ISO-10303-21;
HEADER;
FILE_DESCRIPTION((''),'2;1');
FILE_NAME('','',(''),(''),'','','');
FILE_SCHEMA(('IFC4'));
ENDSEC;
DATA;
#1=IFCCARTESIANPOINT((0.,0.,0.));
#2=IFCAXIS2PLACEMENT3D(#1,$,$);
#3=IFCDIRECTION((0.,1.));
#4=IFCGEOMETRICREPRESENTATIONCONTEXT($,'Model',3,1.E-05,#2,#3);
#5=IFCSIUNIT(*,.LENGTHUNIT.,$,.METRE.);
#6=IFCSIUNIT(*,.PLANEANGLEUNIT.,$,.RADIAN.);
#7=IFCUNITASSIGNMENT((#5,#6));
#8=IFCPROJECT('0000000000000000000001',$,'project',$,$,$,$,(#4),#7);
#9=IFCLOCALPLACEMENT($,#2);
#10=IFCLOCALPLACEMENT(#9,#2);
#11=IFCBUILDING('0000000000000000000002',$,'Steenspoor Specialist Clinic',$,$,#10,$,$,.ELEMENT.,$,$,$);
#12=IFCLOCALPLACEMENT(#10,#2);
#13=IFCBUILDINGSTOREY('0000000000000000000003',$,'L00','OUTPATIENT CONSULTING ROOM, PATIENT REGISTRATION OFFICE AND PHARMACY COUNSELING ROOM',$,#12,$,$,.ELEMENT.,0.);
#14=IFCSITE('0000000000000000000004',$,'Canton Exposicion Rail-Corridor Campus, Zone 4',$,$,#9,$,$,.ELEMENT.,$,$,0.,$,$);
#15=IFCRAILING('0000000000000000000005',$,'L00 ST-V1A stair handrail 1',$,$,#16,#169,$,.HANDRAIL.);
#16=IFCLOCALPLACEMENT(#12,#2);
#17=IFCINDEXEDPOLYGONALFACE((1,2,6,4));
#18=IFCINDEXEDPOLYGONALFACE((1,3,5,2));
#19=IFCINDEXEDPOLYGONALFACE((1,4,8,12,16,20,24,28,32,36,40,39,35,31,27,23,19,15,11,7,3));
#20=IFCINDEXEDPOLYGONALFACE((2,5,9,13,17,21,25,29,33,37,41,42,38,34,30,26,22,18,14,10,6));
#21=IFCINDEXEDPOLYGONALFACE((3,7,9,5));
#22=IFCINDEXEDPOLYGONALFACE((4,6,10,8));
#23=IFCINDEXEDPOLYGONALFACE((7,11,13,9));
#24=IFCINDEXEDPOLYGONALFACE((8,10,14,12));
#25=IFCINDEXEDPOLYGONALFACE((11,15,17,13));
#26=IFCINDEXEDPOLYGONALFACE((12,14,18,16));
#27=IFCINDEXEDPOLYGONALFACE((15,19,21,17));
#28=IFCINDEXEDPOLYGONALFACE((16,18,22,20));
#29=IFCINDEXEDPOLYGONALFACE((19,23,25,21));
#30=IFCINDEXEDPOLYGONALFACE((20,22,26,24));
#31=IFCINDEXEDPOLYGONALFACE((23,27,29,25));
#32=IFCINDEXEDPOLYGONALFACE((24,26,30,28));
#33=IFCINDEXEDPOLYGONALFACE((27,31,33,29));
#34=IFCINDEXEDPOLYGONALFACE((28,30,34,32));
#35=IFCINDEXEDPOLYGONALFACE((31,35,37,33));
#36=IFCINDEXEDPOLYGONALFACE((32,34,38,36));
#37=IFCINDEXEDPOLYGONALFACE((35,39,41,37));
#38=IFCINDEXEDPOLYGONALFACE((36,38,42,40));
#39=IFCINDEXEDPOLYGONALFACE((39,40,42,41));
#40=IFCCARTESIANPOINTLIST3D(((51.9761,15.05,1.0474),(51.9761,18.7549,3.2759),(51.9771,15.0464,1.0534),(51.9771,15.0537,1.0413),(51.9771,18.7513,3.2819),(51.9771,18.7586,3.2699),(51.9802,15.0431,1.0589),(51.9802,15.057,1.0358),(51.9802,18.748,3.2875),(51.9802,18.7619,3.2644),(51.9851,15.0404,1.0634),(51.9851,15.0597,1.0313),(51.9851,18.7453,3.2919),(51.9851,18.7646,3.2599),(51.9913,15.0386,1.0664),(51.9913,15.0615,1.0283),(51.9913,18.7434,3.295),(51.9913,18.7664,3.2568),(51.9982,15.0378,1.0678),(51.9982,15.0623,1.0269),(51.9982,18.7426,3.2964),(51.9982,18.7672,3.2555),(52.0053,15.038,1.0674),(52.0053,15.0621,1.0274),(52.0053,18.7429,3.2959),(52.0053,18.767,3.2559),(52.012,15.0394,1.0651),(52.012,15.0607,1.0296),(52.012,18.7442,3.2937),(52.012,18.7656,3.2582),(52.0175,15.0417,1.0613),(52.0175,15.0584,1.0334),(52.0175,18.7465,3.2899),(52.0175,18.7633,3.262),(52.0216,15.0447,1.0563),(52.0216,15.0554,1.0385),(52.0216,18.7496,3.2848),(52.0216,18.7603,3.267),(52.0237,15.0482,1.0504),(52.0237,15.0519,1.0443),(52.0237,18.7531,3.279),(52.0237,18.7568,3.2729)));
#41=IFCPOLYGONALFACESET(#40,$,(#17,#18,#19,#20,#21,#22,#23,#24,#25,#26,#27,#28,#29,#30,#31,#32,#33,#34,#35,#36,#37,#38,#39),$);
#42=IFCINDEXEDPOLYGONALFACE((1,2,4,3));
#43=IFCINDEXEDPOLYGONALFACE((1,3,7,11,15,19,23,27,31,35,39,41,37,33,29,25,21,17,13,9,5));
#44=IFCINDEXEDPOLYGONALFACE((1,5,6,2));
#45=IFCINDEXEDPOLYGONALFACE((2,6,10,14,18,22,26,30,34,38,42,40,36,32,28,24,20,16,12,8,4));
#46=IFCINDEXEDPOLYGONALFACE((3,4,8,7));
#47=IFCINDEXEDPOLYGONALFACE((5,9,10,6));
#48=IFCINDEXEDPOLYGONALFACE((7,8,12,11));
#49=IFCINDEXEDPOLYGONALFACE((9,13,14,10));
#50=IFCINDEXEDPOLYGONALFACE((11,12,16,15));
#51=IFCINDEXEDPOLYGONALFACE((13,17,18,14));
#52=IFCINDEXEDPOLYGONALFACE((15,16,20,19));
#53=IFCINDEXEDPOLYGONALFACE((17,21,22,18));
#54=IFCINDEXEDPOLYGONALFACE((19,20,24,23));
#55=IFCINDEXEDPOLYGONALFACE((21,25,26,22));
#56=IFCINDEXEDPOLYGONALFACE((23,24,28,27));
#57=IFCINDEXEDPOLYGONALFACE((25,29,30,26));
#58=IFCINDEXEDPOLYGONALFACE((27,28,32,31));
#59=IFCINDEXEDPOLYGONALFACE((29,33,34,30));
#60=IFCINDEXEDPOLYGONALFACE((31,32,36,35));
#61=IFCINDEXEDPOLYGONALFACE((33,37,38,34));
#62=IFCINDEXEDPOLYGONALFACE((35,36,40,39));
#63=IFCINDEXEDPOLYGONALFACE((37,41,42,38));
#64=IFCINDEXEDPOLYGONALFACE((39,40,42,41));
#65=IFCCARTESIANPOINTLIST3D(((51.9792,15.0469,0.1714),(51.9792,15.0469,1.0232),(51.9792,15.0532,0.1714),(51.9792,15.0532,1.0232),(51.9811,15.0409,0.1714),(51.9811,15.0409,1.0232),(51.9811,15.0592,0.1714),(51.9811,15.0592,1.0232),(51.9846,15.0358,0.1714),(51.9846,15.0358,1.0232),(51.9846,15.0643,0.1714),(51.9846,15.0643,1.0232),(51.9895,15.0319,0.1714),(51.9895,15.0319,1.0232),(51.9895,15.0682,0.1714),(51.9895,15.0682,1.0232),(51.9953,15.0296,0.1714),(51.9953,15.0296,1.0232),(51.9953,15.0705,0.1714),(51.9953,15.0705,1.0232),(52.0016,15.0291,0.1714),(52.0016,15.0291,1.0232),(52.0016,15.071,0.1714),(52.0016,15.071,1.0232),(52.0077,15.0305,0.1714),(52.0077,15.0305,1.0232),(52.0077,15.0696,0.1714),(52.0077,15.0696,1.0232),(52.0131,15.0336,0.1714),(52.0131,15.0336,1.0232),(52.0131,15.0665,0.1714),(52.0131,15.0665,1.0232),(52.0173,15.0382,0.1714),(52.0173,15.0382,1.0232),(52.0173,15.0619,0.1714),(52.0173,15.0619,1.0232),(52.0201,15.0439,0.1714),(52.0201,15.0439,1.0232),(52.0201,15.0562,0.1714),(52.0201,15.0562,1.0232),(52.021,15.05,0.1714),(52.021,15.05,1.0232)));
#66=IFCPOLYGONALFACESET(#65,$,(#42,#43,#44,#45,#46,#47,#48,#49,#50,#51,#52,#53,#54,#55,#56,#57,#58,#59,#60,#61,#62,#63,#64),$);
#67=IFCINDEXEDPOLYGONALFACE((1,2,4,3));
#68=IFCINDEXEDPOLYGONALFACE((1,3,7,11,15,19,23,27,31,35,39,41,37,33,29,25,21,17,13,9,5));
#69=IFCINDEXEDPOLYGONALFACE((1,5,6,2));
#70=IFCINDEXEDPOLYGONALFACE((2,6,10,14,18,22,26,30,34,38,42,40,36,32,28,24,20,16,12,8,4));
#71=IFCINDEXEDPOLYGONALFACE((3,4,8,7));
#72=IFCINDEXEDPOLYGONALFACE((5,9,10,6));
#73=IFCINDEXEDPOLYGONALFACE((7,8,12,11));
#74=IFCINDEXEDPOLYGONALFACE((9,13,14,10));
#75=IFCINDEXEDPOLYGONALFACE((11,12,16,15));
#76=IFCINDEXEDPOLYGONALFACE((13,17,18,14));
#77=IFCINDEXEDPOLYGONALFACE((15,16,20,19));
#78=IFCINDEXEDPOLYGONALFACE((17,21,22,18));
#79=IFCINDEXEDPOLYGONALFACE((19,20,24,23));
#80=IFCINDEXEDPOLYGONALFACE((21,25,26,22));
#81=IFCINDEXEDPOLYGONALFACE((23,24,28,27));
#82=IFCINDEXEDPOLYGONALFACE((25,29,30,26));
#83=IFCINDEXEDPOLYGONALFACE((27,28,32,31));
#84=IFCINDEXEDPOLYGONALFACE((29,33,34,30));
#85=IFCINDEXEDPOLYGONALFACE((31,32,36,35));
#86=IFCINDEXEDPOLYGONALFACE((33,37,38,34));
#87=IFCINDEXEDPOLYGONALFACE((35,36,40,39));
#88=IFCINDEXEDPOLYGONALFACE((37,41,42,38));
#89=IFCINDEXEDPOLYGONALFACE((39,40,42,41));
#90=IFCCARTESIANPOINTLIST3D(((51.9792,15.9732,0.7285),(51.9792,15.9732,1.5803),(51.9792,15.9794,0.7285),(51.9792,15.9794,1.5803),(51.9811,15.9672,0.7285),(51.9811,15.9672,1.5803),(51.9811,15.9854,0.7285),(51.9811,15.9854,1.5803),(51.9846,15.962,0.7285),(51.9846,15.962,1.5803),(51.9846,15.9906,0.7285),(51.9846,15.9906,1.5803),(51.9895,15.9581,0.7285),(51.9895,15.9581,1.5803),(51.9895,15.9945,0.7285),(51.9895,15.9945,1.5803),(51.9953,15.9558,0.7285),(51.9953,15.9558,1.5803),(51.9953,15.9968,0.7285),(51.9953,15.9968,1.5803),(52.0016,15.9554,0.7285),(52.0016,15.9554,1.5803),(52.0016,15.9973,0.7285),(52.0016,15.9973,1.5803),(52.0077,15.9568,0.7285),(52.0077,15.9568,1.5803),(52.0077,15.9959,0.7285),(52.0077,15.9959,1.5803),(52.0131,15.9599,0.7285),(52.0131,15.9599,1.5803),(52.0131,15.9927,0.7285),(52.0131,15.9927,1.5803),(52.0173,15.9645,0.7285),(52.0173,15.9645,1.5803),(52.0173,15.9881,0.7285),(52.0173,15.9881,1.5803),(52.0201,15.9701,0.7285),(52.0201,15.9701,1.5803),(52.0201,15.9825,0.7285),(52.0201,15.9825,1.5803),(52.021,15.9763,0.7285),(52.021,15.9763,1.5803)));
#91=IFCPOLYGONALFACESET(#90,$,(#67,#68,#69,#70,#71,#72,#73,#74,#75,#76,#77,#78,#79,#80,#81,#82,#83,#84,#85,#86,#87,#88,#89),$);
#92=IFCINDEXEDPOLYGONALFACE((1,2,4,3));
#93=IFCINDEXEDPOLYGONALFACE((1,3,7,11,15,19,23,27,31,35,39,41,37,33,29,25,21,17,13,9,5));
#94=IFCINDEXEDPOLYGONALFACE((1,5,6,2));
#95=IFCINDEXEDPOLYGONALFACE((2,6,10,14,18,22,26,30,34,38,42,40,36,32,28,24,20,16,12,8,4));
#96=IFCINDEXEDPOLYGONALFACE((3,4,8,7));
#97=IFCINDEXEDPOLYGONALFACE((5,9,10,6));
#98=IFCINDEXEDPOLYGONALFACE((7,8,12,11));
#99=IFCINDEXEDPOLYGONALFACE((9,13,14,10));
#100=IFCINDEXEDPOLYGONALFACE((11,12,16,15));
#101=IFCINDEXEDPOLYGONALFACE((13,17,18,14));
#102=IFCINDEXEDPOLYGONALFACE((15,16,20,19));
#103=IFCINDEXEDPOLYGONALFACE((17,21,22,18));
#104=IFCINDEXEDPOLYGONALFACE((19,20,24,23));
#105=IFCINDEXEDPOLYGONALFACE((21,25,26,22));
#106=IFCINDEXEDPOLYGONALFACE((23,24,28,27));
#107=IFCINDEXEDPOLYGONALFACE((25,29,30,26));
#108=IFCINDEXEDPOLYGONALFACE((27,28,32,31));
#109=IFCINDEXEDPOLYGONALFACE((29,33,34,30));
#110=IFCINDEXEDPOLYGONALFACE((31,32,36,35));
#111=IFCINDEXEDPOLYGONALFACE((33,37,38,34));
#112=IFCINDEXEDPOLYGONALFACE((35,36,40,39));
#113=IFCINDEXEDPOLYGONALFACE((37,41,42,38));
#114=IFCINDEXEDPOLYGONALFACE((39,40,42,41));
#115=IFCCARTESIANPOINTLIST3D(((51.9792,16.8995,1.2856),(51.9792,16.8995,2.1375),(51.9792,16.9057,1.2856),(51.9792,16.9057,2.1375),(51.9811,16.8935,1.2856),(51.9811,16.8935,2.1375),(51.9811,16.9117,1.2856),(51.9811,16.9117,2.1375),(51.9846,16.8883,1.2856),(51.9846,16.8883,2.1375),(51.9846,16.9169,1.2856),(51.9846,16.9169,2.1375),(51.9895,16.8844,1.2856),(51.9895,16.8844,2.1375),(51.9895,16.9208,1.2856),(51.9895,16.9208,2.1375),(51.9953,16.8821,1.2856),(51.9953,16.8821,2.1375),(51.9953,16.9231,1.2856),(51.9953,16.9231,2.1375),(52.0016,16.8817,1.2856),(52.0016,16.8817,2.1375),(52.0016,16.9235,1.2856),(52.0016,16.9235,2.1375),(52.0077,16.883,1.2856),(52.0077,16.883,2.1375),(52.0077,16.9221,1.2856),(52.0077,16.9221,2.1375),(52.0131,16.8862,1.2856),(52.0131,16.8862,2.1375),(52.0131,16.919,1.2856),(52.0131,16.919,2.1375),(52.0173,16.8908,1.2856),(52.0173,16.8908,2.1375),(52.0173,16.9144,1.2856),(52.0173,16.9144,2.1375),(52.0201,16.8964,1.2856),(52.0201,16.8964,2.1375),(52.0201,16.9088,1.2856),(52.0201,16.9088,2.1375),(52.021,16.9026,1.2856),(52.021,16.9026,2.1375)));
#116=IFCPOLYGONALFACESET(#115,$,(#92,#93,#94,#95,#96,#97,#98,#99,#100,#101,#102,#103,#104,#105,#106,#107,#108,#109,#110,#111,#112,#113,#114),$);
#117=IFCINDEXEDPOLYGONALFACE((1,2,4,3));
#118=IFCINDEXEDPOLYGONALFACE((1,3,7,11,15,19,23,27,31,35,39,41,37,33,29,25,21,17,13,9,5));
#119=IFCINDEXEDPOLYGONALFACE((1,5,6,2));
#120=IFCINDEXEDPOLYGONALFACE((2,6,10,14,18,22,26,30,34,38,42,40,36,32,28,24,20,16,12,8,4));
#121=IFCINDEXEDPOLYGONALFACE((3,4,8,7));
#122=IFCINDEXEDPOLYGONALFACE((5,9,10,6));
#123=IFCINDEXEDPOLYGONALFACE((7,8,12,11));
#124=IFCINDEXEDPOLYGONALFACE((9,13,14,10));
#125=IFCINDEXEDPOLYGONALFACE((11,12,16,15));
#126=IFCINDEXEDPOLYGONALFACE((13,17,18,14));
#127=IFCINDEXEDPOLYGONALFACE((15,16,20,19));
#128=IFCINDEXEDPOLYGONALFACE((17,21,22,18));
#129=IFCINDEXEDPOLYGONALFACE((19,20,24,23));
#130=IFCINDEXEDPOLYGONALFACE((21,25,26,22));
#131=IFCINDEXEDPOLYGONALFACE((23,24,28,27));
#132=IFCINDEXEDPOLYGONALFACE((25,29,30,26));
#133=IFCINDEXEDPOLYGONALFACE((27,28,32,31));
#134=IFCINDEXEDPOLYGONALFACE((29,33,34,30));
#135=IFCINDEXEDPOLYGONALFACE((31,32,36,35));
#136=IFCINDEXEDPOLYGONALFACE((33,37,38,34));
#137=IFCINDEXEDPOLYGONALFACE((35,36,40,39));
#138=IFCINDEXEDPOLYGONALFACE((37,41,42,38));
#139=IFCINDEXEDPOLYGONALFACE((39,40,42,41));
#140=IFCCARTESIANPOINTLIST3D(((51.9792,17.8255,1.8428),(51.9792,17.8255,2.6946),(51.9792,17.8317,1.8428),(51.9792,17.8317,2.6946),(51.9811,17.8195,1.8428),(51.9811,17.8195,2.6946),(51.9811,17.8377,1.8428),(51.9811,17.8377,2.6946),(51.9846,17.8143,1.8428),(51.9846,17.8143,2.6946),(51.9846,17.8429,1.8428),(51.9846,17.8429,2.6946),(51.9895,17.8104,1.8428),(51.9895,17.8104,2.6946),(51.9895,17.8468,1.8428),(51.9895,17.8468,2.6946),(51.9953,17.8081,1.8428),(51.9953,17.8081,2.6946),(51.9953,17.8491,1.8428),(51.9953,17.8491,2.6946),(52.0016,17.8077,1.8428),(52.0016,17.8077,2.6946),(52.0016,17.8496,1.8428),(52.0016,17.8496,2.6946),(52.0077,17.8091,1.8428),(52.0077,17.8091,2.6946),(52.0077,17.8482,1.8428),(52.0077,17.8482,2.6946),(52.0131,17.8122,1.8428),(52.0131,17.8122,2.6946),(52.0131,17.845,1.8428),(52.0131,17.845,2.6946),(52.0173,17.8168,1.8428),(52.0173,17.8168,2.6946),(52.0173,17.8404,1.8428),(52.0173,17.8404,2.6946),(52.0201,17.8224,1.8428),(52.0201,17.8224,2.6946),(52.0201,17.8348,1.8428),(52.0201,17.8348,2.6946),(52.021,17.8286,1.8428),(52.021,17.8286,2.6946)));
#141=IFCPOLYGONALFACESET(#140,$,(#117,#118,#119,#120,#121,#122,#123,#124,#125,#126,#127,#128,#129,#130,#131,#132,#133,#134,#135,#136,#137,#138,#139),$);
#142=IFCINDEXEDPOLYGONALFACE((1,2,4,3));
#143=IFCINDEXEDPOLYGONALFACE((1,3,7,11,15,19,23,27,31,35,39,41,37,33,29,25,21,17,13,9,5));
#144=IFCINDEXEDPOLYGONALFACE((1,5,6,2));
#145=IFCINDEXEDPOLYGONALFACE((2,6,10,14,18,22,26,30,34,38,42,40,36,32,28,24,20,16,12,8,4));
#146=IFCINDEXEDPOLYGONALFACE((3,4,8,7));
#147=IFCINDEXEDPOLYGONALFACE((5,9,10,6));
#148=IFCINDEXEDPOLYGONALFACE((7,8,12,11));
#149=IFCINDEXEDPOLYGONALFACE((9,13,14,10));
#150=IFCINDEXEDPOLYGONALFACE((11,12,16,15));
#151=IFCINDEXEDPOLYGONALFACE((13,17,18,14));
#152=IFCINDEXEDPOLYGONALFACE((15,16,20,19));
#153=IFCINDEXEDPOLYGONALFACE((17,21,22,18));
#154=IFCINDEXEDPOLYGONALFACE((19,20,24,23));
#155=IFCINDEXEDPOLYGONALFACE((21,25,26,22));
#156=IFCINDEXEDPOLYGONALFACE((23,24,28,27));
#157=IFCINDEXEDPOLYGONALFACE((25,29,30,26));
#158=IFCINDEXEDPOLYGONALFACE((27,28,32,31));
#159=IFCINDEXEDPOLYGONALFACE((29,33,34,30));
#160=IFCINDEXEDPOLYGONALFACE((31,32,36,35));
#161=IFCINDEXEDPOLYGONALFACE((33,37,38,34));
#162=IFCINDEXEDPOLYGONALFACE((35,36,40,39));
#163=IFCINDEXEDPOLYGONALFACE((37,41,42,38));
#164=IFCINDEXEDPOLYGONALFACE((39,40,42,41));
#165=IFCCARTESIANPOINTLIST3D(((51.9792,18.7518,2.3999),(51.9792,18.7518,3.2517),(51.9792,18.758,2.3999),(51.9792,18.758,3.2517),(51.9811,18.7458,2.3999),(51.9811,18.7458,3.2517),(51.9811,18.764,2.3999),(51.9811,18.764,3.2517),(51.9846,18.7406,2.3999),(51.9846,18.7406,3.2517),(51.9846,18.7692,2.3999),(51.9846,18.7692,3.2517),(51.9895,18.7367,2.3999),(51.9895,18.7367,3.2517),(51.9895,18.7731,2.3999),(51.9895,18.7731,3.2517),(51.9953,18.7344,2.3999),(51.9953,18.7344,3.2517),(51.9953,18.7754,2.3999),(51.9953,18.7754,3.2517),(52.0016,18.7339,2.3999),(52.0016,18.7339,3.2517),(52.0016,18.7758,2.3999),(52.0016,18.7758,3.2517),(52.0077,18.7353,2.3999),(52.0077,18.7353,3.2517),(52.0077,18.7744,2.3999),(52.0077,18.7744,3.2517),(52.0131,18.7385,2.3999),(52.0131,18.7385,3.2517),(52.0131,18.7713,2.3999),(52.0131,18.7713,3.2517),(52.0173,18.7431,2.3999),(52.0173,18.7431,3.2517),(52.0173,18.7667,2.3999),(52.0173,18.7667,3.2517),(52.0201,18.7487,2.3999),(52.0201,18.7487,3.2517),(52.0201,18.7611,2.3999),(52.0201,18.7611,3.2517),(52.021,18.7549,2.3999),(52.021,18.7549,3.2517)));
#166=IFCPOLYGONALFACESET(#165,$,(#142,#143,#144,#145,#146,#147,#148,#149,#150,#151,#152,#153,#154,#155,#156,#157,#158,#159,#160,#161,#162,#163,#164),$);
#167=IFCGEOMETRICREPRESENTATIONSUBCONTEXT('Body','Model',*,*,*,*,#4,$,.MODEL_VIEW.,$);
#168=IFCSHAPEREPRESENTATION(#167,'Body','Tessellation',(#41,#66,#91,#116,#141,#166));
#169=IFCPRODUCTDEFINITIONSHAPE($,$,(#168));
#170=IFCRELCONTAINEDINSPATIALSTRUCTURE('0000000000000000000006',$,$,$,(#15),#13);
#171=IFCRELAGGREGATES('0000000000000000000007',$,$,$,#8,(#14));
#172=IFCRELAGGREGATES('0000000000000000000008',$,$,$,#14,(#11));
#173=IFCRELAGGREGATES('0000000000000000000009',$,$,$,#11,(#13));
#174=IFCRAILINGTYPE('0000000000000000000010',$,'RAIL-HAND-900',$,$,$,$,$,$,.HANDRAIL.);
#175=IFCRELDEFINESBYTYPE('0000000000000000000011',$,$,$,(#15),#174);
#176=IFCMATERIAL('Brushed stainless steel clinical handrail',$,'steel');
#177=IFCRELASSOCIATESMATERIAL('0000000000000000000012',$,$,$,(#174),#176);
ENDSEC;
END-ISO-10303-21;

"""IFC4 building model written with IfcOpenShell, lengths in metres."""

from ifc_helpers import new_model, si_unit, direction, frame, origin, origin_2d, place, context, subcontext, project, spatial, circle, extrude, material, type_object, element, save


model = new_model("IFC4")

# Units and contexts
model_context = context("Model", 3, precision=1e-05, world=origin(), true_north=direction((0.0, 1.0)))
body_context = subcontext(model_context, "Body", "Model", "MODEL_VIEW")
ifc_project = project(units=[si_unit("LENGTHUNIT", "METRE"), si_unit("PLANEANGLEUNIT", "RADIAN")], contexts=[model_context])

# Site, building, storey
site_placement = place(None, origin())
site = spatial("IfcSite", under=ifc_project, at=site_placement, Name="Canton Exposicion Rail-Corridor Campus, Zone 4", CompositionType="ELEMENT", RefElevation=0.0)
building_placement = place(site_placement, origin())
building = spatial("IfcBuilding", under=site, at=building_placement, Name="Steenspoor Specialist Clinic", CompositionType="ELEMENT")
storey_placement = place(building_placement, origin())
storey = spatial("IfcBuildingStorey", under=building, at=storey_placement, Name="L00", Description="OUTPATIENT CONSULTING ROOM, PATIENT REGISTRATION OFFICE AND PHARMACY COUNSELING ROOM", CompositionType="ELEMENT", Elevation=0.0)

# Railing
ifc_material_1 = material(Name="Brushed stainless steel clinical handrail", Category="steel")
railing_type_1 = type_object("IfcRailingType", Name="RAIL-HAND-900", PredefinedType="HANDRAIL", material=ifc_material_1)
railing_1_placement = place(storey_placement, frame((52.0, 15.05, 0.1714)))
element("IfcRailing", 1, at=railing_1_placement, inside=storey, type_object=railing_type_1, Name="L00 ST-V1A stair handrail 1", PredefinedType="HANDRAIL", context=body_context, shape_type="SweptSolid", body=[
    extrude(circle(Radius=0.0239, at=origin_2d()), frame((0.0, 0.0, 0.876), z_axis=(0.0, 0.856919, 0.51545), x_axis=(-1.0, 0.0, 0.0)), (0.0, 0.0, 1.0), 4.3235),
    extrude(circle(Radius=0.021, at=origin_2d()), origin(), (0.0, 0.0, 1.0), 0.8518),
    extrude(circle(Radius=0.021, at=origin_2d()), frame((0.0, 0.9263, 0.5571)), (0.0, 0.0, 1.0), 0.8518),
    extrude(circle(Radius=0.021, at=origin_2d()), frame((0.0, 1.8525, 1.1143)), (0.0, 0.0, 1.0), 0.8518),
    extrude(circle(Radius=0.021, at=origin_2d()), frame((0.0, 2.7786, 1.6714)), (0.0, 0.0, 1.0), 0.8518),
    extrude(circle(Radius=0.021, at=origin_2d()), frame((0.0, 3.7048, 2.2285)), (0.0, 0.0, 1.0), 0.8518),
])

save(model, "model.ifc")
